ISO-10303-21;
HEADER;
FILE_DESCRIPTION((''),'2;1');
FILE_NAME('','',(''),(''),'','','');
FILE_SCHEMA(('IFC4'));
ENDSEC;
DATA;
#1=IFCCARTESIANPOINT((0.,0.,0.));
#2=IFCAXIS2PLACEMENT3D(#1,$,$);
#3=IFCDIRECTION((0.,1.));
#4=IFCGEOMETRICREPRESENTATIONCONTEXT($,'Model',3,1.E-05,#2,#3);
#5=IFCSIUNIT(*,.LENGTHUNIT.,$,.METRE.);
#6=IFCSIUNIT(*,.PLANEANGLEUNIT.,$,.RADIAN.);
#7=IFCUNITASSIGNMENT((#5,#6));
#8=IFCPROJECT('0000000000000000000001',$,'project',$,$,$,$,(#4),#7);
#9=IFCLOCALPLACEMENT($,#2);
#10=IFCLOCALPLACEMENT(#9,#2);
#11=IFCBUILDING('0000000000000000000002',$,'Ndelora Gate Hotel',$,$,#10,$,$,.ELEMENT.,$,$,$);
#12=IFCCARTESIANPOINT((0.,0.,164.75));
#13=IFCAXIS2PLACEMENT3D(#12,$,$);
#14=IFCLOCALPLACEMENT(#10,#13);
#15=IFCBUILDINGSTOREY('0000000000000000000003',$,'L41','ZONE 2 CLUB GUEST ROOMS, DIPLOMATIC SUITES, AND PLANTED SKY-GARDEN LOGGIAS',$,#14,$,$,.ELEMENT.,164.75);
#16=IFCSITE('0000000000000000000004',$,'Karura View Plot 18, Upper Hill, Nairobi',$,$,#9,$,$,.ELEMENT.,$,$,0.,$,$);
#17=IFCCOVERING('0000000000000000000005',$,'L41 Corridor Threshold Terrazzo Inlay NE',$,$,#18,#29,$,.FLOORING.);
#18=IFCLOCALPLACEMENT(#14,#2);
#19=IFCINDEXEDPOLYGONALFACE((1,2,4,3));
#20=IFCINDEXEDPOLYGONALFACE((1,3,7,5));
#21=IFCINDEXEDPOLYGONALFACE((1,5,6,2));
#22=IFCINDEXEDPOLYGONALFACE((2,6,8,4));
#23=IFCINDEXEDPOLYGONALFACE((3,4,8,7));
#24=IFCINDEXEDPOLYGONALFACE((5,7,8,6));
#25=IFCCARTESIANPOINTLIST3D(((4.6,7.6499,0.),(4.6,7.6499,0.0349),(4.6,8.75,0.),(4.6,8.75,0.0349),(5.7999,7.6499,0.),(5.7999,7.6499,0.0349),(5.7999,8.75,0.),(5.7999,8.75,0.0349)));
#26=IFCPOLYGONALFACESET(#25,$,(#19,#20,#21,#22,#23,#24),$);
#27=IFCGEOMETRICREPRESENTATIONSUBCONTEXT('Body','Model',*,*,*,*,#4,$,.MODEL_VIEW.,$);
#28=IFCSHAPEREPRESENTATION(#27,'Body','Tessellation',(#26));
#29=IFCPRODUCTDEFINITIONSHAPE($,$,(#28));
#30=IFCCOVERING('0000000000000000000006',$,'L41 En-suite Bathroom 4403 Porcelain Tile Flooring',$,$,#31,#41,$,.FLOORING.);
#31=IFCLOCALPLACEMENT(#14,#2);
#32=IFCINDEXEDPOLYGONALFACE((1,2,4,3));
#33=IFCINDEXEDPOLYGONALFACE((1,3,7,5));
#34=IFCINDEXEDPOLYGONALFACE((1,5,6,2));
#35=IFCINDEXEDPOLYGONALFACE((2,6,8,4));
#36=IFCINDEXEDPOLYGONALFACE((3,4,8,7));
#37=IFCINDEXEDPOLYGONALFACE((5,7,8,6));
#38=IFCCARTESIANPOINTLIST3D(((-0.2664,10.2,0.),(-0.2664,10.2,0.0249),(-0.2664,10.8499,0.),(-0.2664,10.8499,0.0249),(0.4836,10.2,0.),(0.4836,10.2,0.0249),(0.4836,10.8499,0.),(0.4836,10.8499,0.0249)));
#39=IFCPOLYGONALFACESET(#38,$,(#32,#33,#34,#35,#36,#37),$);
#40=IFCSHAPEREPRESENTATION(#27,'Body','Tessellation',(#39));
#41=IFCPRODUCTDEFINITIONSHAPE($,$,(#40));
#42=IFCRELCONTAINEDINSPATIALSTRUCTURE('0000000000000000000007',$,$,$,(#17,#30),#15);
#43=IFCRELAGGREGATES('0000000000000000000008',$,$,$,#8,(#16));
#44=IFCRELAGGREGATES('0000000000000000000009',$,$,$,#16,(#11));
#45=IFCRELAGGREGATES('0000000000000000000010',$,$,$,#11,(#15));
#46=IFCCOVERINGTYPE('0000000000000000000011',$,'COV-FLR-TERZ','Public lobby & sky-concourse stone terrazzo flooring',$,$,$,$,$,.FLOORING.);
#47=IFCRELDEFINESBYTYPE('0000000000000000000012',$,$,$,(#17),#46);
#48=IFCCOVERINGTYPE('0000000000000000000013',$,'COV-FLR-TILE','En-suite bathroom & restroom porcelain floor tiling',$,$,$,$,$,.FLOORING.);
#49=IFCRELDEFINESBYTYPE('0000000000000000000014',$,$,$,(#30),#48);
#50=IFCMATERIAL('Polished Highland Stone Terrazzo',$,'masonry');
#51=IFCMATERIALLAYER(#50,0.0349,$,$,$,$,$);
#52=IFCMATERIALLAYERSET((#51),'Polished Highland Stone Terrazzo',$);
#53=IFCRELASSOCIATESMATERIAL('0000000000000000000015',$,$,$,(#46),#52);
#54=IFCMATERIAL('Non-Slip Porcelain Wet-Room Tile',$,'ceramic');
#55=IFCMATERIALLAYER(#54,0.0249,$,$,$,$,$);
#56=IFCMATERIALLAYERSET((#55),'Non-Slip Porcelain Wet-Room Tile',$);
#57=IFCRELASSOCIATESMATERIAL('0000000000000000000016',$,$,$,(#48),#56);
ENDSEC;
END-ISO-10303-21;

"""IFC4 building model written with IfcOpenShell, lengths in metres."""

from ifc_helpers import new_model, si_unit, direction, frame, origin, origin_2d, place, context, subcontext, project, spatial, rectangle, extrude, material, layer, layer_set, type_object, element, save


model = new_model("IFC4")

# Units and contexts
model_context = context("Model", 3, precision=1e-05, world=origin(), true_north=direction((0.0, 1.0)))
body_context = subcontext(model_context, "Body", "Model", "MODEL_VIEW")
ifc_project = project(units=[si_unit("LENGTHUNIT", "METRE"), si_unit("PLANEANGLEUNIT", "RADIAN")], contexts=[model_context])

# Site, building, storey
site_placement = place(None, origin())
site = spatial("IfcSite", under=ifc_project, at=site_placement, Name="Karura View Plot 18, Upper Hill, Nairobi", CompositionType="ELEMENT", RefElevation=0.0)
building_placement = place(site_placement, origin())
building = spatial("IfcBuilding", under=site, at=building_placement, Name="Ndelora Gate Hotel", CompositionType="ELEMENT")
storey_placement = place(building_placement, frame((0.0, 0.0, 164.75)))
storey = spatial("IfcBuildingStorey", under=building, at=storey_placement, Name="L41", Description="ZONE 2 CLUB GUEST ROOMS, DIPLOMATIC SUITES, AND PLANTED SKY-GARDEN LOGGIAS", CompositionType="ELEMENT", Elevation=164.75)

# Coverings
ifc_material_1 = material(Name="Polished Highland Stone Terrazzo", Category="masonry")
ifc_layer_1 = layer(ifc_material_1, 0.0349)
ifc_layer_set_1 = layer_set([ifc_layer_1], Name="Polished Highland Stone Terrazzo")
covering_type_1 = type_object("IfcCoveringType", Name="COV-FLR-TERZ", Description="Public lobby & sky-concourse stone terrazzo flooring", PredefinedType="FLOORING", material=ifc_layer_set_1)
covering_1_placement = place(storey_placement, frame((5.2, 8.2, 0.0), z_axis=(0.0, 0.0, 1.0), x_axis=(1.0, 0.0, 0.0)))
element("IfcCovering", 1, at=covering_1_placement, inside=storey, type_object=covering_type_1, Name="L41 Corridor Threshold Terrazzo Inlay NE", PredefinedType="FLOORING", context=body_context, shape_type="SweptSolid", body=[
    extrude(rectangle(XDim=1.2, YDim=1.1001, at=origin_2d()), origin(), (0.0, 0.0, 1.0), 0.0349),
])
ifc_material_2 = material(Name="Non-Slip Porcelain Wet-Room Tile", Category="ceramic")
ifc_layer_2 = layer(ifc_material_2, 0.0249)
ifc_layer_set_2 = layer_set([ifc_layer_2], Name="Non-Slip Porcelain Wet-Room Tile")
covering_type_2 = type_object("IfcCoveringType", Name="COV-FLR-TILE", Description="En-suite bathroom & restroom porcelain floor tiling", PredefinedType="FLOORING", material=ifc_layer_set_2)
covering_2_placement = place(storey_placement, frame((0.1086, 10.5249, 0.0), z_axis=(0.0, 0.0, 1.0), x_axis=(1.0, 0.0, 0.0)))
element("IfcCovering", 2, at=covering_2_placement, inside=storey, type_object=covering_type_2, Name="L41 En-suite Bathroom 4403 Porcelain Tile Flooring", PredefinedType="FLOORING", context=body_context, shape_type="SweptSolid", body=[
    extrude(rectangle(XDim=0.75, YDim=0.6499, at=origin_2d()), origin(), (0.0, 0.0, 1.0), 0.0249),
])

save(model, "model.ifc")
